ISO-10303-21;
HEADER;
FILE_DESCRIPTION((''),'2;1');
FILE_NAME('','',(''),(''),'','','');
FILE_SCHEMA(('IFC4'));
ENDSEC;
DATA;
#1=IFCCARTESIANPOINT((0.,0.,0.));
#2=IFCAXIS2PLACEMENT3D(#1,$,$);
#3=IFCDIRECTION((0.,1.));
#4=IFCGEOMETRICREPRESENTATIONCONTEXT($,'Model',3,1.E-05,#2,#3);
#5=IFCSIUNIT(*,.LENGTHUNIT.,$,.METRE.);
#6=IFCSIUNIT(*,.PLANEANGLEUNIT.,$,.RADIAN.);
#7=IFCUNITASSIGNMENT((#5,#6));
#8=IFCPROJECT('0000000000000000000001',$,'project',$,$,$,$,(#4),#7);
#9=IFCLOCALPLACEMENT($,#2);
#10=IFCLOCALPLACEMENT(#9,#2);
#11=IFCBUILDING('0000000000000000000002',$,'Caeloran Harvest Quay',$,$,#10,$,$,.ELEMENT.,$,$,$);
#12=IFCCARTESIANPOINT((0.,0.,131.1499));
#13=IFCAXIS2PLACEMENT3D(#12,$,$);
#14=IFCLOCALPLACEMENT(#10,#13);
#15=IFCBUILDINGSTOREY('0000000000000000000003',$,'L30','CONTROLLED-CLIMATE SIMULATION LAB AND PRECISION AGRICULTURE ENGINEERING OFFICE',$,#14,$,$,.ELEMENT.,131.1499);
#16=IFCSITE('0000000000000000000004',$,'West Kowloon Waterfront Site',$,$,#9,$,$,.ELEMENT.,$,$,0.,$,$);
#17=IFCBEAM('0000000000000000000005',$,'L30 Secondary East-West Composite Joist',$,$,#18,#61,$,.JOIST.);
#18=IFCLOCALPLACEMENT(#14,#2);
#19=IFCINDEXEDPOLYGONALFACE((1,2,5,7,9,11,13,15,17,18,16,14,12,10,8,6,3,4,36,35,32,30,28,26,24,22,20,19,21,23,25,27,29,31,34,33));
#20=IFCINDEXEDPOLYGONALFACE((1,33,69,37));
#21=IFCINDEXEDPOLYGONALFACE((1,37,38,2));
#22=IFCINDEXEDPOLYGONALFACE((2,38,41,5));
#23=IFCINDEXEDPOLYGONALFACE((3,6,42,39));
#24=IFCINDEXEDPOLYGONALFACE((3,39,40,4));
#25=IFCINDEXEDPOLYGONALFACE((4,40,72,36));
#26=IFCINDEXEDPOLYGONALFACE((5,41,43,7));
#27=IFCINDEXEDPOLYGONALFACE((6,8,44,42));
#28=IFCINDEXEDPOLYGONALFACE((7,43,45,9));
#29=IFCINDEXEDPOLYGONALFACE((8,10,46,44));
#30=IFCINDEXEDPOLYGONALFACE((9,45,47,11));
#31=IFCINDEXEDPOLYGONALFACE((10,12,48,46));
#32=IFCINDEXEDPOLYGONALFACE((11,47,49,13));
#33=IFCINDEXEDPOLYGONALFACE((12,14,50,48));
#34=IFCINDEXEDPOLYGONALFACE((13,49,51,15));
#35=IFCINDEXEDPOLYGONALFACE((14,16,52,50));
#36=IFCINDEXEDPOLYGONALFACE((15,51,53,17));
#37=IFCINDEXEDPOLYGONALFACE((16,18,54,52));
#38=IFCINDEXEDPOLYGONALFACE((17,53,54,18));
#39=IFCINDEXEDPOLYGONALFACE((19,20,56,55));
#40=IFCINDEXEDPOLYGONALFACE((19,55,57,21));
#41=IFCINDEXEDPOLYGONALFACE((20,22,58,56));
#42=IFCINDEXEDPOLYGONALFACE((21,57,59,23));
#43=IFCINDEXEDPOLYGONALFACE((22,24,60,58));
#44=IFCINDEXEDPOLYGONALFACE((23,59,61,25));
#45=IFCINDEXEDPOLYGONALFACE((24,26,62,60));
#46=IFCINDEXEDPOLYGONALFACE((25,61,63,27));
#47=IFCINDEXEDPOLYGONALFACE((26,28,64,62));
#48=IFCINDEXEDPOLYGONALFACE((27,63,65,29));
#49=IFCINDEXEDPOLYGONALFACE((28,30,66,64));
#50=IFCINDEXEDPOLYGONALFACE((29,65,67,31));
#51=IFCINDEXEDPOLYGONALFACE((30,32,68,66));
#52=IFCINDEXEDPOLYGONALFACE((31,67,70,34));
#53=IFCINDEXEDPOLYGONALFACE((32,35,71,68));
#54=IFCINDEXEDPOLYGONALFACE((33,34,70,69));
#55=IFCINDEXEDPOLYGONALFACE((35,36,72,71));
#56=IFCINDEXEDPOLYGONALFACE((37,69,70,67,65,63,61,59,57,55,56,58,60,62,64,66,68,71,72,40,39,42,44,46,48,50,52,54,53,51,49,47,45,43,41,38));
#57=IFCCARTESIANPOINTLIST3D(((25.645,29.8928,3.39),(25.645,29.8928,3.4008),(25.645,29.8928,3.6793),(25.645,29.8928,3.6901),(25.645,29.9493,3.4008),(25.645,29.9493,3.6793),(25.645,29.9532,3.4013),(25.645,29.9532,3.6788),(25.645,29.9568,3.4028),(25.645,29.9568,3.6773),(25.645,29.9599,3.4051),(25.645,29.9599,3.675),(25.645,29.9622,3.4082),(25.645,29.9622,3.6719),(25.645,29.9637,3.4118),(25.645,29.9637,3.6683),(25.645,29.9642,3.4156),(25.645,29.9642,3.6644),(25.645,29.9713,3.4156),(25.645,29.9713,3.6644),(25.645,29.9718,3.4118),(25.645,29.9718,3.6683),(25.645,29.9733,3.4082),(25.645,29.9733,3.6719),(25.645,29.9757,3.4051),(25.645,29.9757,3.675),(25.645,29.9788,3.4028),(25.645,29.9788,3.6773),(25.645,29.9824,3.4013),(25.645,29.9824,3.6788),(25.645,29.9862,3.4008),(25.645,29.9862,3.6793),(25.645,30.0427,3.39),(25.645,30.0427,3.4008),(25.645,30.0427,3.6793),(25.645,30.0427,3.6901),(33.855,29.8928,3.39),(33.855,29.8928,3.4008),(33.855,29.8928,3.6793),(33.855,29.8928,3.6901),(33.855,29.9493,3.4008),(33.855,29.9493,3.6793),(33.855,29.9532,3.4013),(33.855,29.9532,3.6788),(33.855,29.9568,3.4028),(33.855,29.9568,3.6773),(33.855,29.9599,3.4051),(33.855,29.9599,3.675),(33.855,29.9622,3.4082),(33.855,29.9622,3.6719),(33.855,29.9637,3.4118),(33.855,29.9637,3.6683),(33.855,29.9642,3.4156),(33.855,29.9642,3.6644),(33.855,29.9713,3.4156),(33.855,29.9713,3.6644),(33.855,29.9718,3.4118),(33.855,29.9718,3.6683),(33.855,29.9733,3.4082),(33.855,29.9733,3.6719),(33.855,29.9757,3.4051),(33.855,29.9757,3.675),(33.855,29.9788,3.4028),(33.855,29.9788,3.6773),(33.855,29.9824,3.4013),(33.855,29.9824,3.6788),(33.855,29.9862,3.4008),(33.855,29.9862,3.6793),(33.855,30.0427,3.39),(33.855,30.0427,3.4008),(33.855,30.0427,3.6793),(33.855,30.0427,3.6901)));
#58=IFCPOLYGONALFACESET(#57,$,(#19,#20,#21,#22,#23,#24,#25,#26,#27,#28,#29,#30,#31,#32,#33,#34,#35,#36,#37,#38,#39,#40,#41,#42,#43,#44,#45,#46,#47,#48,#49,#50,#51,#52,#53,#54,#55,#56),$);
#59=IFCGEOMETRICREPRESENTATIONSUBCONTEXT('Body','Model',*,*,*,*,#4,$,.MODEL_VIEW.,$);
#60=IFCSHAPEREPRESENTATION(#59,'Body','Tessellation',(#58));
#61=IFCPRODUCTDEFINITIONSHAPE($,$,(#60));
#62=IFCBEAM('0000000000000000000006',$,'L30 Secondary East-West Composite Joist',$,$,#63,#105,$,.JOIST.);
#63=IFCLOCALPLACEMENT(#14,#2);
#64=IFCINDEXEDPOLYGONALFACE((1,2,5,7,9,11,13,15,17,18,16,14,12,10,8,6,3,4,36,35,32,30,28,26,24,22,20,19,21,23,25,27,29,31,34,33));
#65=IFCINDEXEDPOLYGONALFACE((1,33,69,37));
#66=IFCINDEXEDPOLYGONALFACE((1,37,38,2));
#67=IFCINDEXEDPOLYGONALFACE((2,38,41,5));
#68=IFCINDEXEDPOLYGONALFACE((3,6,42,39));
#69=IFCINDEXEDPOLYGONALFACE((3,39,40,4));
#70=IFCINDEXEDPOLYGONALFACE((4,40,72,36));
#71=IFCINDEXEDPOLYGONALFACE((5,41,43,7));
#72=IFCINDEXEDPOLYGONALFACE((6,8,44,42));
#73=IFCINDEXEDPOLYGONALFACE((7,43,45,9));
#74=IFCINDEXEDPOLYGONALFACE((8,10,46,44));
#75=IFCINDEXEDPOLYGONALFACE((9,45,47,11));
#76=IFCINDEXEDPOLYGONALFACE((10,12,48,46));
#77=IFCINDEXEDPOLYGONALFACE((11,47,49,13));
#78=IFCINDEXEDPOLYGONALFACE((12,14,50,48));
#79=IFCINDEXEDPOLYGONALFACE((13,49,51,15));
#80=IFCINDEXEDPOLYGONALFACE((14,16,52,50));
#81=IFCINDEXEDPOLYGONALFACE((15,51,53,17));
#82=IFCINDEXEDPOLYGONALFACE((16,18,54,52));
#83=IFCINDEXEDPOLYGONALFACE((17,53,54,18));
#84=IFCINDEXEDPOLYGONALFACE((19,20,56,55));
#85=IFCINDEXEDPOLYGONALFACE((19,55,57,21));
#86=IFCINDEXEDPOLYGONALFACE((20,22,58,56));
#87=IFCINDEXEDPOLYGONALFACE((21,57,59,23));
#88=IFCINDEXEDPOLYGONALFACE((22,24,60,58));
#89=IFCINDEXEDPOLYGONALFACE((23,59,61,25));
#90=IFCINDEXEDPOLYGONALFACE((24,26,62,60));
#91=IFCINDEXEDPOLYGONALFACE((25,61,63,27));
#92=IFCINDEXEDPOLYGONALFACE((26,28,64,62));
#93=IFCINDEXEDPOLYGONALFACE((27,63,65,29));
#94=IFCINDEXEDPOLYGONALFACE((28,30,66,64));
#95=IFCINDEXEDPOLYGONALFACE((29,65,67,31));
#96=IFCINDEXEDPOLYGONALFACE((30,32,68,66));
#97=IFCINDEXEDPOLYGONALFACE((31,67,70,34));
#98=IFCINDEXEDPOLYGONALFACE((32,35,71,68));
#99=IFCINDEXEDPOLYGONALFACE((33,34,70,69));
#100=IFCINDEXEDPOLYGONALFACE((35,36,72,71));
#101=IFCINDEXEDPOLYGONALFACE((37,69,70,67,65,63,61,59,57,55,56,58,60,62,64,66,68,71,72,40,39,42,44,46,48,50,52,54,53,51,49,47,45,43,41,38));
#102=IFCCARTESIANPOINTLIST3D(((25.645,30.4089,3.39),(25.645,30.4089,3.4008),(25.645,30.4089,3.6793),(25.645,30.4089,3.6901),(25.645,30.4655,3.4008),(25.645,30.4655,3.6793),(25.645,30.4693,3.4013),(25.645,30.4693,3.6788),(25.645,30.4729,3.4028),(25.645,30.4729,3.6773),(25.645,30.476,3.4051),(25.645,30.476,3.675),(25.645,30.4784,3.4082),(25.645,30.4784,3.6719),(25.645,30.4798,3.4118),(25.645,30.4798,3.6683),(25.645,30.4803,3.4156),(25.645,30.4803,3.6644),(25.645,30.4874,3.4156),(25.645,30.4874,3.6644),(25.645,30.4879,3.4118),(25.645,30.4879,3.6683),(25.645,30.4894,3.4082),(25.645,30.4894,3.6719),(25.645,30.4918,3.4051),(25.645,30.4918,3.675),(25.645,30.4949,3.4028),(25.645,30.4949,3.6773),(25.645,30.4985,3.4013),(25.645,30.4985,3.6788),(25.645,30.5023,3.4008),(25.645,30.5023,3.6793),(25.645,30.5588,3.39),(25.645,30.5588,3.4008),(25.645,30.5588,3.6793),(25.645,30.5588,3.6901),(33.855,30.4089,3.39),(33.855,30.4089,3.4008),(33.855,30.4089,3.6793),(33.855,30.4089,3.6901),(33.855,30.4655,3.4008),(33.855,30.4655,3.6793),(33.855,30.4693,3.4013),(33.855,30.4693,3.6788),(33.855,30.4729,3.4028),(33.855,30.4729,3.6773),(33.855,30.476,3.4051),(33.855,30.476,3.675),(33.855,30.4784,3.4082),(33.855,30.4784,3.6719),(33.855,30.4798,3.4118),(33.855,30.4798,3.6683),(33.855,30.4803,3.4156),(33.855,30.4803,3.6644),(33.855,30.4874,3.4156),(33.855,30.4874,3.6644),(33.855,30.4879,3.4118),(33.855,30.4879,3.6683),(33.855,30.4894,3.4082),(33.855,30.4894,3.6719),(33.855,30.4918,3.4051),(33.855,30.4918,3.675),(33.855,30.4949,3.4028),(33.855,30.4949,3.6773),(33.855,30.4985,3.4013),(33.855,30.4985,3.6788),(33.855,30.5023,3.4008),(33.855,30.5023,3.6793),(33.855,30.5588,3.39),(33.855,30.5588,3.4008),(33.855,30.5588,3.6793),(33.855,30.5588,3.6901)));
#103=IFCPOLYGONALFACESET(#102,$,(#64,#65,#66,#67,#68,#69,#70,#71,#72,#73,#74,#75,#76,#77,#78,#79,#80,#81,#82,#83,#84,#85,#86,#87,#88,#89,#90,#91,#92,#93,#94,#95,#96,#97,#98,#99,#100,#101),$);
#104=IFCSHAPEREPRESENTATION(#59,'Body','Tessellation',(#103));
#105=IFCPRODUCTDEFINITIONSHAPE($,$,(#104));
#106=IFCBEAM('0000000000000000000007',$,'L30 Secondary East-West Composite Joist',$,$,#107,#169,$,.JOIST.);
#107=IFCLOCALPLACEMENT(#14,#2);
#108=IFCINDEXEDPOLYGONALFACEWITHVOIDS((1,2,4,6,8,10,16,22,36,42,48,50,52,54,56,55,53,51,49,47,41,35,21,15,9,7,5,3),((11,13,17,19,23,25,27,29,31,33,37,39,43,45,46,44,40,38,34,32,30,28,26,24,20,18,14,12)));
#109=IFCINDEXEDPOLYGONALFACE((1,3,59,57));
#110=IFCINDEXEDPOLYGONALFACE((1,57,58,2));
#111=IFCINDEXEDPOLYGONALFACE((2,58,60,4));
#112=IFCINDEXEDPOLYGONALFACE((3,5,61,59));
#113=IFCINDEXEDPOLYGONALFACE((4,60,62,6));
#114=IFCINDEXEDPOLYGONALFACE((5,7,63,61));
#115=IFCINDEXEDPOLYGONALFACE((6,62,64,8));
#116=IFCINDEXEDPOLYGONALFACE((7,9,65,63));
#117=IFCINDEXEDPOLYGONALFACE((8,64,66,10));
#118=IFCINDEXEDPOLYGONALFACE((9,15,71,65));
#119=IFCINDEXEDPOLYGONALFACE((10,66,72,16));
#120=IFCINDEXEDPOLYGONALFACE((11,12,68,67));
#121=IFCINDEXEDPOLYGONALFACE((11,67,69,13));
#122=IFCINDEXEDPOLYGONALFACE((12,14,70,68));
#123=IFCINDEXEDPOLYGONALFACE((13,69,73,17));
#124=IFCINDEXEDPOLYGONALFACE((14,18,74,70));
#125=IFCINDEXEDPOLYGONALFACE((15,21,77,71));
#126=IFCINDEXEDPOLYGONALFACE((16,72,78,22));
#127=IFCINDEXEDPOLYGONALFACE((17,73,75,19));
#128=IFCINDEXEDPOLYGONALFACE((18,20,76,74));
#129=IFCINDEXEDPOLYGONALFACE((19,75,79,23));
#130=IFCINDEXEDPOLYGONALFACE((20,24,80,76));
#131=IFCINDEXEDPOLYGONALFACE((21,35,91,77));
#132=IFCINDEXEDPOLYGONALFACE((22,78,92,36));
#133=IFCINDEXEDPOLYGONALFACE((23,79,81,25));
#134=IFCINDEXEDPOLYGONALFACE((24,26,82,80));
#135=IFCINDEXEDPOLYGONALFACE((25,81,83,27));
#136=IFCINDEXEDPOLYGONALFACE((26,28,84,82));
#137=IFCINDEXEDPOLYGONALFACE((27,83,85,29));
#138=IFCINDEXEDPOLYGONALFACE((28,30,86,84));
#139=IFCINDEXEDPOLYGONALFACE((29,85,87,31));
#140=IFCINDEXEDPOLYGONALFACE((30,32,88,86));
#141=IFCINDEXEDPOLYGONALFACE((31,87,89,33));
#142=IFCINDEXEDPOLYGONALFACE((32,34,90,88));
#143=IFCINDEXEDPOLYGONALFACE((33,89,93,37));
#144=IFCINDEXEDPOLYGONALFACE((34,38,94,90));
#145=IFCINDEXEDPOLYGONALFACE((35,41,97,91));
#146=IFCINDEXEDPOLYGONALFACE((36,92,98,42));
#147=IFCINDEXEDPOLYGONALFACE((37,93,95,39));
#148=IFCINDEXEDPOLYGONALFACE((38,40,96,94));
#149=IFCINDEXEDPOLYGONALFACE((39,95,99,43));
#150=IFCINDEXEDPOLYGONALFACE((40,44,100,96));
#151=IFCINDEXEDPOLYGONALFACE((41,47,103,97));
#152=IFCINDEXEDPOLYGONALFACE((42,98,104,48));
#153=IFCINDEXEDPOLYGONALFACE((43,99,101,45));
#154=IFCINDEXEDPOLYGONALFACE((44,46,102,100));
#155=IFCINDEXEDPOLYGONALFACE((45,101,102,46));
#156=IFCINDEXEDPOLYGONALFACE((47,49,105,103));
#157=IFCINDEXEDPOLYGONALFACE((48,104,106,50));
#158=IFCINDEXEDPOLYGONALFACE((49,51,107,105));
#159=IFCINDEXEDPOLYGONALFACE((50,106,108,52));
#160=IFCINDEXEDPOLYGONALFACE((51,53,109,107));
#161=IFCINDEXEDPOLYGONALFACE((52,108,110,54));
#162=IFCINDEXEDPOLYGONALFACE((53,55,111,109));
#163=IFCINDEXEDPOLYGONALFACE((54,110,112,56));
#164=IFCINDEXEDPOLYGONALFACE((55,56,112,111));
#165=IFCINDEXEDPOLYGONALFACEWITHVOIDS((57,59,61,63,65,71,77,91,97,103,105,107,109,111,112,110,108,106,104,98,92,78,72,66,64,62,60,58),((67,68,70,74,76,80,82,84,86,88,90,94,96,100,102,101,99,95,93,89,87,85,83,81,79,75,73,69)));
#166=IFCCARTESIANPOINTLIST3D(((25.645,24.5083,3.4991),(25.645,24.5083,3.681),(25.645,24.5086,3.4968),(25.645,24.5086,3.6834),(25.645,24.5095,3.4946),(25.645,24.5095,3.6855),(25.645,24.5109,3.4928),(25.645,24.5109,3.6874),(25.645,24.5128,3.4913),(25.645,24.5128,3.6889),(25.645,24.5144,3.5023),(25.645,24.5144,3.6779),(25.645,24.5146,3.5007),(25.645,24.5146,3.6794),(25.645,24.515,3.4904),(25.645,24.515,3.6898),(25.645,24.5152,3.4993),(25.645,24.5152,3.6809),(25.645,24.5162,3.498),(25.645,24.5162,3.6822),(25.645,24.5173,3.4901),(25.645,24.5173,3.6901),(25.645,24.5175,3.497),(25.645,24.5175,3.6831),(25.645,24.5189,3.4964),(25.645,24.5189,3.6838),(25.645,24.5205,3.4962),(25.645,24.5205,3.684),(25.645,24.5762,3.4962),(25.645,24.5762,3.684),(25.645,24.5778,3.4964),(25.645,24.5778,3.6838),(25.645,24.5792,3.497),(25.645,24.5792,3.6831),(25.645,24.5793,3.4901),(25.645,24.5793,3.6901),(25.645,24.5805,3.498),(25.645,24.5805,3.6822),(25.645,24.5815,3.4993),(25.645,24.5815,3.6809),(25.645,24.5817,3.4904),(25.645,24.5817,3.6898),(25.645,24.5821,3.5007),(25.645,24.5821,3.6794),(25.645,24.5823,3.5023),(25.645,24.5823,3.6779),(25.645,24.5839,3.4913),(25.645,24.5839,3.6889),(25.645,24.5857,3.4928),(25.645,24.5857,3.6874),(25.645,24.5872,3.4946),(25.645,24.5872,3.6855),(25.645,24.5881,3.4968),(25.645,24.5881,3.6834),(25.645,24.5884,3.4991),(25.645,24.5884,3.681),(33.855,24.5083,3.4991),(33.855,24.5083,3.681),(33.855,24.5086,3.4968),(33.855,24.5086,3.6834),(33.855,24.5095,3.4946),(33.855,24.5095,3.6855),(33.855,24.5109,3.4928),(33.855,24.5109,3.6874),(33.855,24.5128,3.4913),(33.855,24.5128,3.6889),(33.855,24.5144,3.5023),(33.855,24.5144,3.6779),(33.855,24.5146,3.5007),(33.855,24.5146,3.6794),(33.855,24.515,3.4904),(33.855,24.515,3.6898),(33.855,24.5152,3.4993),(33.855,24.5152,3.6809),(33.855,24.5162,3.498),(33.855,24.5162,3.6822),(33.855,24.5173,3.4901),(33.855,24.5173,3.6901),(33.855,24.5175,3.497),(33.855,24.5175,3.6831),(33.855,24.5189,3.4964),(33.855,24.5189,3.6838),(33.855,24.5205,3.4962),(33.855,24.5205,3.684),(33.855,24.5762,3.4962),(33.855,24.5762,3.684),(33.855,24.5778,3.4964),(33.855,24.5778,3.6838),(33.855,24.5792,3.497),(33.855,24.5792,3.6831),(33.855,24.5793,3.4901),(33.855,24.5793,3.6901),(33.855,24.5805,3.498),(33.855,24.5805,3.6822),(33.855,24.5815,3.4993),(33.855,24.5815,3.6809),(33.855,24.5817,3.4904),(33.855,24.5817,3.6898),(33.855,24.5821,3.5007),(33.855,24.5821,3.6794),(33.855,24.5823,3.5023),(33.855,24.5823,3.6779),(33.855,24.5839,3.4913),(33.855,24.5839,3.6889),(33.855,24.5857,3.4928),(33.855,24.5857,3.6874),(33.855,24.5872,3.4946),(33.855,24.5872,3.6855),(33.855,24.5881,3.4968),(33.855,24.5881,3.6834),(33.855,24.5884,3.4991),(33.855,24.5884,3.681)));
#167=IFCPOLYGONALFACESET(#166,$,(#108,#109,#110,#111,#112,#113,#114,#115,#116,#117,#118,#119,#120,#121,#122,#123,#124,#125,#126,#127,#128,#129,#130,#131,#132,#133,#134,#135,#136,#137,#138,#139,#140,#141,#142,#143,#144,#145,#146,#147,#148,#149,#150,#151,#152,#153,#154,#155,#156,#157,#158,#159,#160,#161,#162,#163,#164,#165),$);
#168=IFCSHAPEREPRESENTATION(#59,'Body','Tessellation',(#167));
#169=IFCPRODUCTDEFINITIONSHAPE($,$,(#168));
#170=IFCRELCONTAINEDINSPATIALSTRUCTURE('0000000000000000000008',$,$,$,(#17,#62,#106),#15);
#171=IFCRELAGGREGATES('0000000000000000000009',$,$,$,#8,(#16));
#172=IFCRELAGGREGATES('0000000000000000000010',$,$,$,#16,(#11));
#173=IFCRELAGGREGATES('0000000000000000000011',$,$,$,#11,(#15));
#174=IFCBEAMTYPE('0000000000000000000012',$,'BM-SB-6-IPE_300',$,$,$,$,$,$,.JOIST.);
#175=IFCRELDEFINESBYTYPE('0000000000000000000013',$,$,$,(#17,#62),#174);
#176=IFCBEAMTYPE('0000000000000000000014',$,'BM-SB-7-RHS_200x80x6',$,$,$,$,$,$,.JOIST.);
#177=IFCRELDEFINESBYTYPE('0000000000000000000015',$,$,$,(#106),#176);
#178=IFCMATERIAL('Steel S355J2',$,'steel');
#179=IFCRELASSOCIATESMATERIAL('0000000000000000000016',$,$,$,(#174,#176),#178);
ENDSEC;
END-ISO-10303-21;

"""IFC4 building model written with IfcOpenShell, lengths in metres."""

from ifc_helpers import new_model, si_unit, direction, frame, origin, origin_2d, place, context, subcontext, project, spatial, hollow_rectangle, i_section, extrude, material, material_profile, profile_set, type_object, element, save


model = new_model("IFC4")

# Units and contexts
model_context = context("Model", 3, precision=1e-05, world=origin(), true_north=direction((0.0, 1.0)))
body_context = subcontext(model_context, "Body", "Model", "MODEL_VIEW")
ifc_project = project(units=[si_unit("LENGTHUNIT", "METRE"), si_unit("PLANEANGLEUNIT", "RADIAN")], contexts=[model_context])

# Site, building, storey
site_placement = place(None, origin())
site = spatial("IfcSite", under=ifc_project, at=site_placement, Name="West Kowloon Waterfront Site", CompositionType="ELEMENT", RefElevation=0.0)
building_placement = place(site_placement, origin())
building = spatial("IfcBuilding", under=site, at=building_placement, Name="Caeloran Harvest Quay", CompositionType="ELEMENT")
storey_placement = place(building_placement, frame((0.0, 0.0, 131.1499)))
storey = spatial("IfcBuildingStorey", under=building, at=storey_placement, Name="L30", Description="CONTROLLED-CLIMATE SIMULATION LAB AND PRECISION AGRICULTURE ENGINEERING OFFICE", CompositionType="ELEMENT", Elevation=131.1499)

# Beams
ifc_material_1 = material(Name="Steel S355J2", Category="steel")
ifc_material_profile_1 = material_profile(ifc_material_1, i_section(OverallWidth=0.1499, OverallDepth=0.3, WebThickness=0.0071, FlangeThickness=0.0107, FilletRadius=0.0149, at=origin_2d()), Name="IPE 300")
ifc_profile_set_1 = profile_set([ifc_material_profile_1], Name="Steel S355J2")
beam_type_1 = type_object("IfcBeamType", Name="BM-SB-6-IPE_300", PredefinedType="JOIST", material=ifc_profile_set_1)
for number, where, z_axis, x_axis, name in (
    (1, (25.645, 29.9678, 3.54), (1.0, 0.0, 0.0), (0.0, 1.0, 0.0), "L30 Secondary East-West Composite Joist"),
    (2, (25.645, 30.4839, 3.54), (1.0, 0.0, 0.0), (0.0, 1.0, 0.0), "L30 Secondary East-West Composite Joist"),
):
    element("IfcBeam", number, at=place(storey_placement, frame(where, z_axis=z_axis, x_axis=x_axis)), inside=storey, type_object=beam_type_1, Name=name, PredefinedType="JOIST", context=body_context, shape_type="SweptSolid", body=[
        extrude(i_section(OverallWidth=0.1499, OverallDepth=0.3, WebThickness=0.0071, FlangeThickness=0.0107, FilletRadius=0.0149, at=origin_2d()), origin(), (0.0, 0.0, 1.0), 8.21),
    ])
ifc_material_profile_2 = material_profile(ifc_material_1, hollow_rectangle(XDim=0.0801, YDim=0.2, WallThickness=0.0061, InnerFilletRadius=0.0061, OuterFilletRadius=0.009, at=origin_2d()), Name="RHS 200x80x6")
ifc_profile_set_2 = profile_set([ifc_material_profile_2], Name="Steel S355J2")
beam_type_2 = type_object("IfcBeamType", Name="BM-SB-7-RHS_200x80x6", PredefinedType="JOIST", material=ifc_profile_set_2)
for number, where, z_axis, x_axis, name in (
    (3, (25.645, 24.5483, 3.5901), (1.0, 0.0, 0.0), (0.0, 1.0, 0.0), "L30 Secondary East-West Composite Joist"),
):
    element("IfcBeam", number, at=place(storey_placement, frame(where, z_axis=z_axis, x_axis=x_axis)), inside=storey, type_object=beam_type_2, Name=name, PredefinedType="JOIST", context=body_context, shape_type="SweptSolid", body=[
        extrude(hollow_rectangle(XDim=0.0801, YDim=0.2, WallThickness=0.0061, InnerFilletRadius=0.0061, OuterFilletRadius=0.009, at=origin_2d()), origin(), (0.0, 0.0, 1.0), 8.21),
    ])

save(model, "model.ifc")
